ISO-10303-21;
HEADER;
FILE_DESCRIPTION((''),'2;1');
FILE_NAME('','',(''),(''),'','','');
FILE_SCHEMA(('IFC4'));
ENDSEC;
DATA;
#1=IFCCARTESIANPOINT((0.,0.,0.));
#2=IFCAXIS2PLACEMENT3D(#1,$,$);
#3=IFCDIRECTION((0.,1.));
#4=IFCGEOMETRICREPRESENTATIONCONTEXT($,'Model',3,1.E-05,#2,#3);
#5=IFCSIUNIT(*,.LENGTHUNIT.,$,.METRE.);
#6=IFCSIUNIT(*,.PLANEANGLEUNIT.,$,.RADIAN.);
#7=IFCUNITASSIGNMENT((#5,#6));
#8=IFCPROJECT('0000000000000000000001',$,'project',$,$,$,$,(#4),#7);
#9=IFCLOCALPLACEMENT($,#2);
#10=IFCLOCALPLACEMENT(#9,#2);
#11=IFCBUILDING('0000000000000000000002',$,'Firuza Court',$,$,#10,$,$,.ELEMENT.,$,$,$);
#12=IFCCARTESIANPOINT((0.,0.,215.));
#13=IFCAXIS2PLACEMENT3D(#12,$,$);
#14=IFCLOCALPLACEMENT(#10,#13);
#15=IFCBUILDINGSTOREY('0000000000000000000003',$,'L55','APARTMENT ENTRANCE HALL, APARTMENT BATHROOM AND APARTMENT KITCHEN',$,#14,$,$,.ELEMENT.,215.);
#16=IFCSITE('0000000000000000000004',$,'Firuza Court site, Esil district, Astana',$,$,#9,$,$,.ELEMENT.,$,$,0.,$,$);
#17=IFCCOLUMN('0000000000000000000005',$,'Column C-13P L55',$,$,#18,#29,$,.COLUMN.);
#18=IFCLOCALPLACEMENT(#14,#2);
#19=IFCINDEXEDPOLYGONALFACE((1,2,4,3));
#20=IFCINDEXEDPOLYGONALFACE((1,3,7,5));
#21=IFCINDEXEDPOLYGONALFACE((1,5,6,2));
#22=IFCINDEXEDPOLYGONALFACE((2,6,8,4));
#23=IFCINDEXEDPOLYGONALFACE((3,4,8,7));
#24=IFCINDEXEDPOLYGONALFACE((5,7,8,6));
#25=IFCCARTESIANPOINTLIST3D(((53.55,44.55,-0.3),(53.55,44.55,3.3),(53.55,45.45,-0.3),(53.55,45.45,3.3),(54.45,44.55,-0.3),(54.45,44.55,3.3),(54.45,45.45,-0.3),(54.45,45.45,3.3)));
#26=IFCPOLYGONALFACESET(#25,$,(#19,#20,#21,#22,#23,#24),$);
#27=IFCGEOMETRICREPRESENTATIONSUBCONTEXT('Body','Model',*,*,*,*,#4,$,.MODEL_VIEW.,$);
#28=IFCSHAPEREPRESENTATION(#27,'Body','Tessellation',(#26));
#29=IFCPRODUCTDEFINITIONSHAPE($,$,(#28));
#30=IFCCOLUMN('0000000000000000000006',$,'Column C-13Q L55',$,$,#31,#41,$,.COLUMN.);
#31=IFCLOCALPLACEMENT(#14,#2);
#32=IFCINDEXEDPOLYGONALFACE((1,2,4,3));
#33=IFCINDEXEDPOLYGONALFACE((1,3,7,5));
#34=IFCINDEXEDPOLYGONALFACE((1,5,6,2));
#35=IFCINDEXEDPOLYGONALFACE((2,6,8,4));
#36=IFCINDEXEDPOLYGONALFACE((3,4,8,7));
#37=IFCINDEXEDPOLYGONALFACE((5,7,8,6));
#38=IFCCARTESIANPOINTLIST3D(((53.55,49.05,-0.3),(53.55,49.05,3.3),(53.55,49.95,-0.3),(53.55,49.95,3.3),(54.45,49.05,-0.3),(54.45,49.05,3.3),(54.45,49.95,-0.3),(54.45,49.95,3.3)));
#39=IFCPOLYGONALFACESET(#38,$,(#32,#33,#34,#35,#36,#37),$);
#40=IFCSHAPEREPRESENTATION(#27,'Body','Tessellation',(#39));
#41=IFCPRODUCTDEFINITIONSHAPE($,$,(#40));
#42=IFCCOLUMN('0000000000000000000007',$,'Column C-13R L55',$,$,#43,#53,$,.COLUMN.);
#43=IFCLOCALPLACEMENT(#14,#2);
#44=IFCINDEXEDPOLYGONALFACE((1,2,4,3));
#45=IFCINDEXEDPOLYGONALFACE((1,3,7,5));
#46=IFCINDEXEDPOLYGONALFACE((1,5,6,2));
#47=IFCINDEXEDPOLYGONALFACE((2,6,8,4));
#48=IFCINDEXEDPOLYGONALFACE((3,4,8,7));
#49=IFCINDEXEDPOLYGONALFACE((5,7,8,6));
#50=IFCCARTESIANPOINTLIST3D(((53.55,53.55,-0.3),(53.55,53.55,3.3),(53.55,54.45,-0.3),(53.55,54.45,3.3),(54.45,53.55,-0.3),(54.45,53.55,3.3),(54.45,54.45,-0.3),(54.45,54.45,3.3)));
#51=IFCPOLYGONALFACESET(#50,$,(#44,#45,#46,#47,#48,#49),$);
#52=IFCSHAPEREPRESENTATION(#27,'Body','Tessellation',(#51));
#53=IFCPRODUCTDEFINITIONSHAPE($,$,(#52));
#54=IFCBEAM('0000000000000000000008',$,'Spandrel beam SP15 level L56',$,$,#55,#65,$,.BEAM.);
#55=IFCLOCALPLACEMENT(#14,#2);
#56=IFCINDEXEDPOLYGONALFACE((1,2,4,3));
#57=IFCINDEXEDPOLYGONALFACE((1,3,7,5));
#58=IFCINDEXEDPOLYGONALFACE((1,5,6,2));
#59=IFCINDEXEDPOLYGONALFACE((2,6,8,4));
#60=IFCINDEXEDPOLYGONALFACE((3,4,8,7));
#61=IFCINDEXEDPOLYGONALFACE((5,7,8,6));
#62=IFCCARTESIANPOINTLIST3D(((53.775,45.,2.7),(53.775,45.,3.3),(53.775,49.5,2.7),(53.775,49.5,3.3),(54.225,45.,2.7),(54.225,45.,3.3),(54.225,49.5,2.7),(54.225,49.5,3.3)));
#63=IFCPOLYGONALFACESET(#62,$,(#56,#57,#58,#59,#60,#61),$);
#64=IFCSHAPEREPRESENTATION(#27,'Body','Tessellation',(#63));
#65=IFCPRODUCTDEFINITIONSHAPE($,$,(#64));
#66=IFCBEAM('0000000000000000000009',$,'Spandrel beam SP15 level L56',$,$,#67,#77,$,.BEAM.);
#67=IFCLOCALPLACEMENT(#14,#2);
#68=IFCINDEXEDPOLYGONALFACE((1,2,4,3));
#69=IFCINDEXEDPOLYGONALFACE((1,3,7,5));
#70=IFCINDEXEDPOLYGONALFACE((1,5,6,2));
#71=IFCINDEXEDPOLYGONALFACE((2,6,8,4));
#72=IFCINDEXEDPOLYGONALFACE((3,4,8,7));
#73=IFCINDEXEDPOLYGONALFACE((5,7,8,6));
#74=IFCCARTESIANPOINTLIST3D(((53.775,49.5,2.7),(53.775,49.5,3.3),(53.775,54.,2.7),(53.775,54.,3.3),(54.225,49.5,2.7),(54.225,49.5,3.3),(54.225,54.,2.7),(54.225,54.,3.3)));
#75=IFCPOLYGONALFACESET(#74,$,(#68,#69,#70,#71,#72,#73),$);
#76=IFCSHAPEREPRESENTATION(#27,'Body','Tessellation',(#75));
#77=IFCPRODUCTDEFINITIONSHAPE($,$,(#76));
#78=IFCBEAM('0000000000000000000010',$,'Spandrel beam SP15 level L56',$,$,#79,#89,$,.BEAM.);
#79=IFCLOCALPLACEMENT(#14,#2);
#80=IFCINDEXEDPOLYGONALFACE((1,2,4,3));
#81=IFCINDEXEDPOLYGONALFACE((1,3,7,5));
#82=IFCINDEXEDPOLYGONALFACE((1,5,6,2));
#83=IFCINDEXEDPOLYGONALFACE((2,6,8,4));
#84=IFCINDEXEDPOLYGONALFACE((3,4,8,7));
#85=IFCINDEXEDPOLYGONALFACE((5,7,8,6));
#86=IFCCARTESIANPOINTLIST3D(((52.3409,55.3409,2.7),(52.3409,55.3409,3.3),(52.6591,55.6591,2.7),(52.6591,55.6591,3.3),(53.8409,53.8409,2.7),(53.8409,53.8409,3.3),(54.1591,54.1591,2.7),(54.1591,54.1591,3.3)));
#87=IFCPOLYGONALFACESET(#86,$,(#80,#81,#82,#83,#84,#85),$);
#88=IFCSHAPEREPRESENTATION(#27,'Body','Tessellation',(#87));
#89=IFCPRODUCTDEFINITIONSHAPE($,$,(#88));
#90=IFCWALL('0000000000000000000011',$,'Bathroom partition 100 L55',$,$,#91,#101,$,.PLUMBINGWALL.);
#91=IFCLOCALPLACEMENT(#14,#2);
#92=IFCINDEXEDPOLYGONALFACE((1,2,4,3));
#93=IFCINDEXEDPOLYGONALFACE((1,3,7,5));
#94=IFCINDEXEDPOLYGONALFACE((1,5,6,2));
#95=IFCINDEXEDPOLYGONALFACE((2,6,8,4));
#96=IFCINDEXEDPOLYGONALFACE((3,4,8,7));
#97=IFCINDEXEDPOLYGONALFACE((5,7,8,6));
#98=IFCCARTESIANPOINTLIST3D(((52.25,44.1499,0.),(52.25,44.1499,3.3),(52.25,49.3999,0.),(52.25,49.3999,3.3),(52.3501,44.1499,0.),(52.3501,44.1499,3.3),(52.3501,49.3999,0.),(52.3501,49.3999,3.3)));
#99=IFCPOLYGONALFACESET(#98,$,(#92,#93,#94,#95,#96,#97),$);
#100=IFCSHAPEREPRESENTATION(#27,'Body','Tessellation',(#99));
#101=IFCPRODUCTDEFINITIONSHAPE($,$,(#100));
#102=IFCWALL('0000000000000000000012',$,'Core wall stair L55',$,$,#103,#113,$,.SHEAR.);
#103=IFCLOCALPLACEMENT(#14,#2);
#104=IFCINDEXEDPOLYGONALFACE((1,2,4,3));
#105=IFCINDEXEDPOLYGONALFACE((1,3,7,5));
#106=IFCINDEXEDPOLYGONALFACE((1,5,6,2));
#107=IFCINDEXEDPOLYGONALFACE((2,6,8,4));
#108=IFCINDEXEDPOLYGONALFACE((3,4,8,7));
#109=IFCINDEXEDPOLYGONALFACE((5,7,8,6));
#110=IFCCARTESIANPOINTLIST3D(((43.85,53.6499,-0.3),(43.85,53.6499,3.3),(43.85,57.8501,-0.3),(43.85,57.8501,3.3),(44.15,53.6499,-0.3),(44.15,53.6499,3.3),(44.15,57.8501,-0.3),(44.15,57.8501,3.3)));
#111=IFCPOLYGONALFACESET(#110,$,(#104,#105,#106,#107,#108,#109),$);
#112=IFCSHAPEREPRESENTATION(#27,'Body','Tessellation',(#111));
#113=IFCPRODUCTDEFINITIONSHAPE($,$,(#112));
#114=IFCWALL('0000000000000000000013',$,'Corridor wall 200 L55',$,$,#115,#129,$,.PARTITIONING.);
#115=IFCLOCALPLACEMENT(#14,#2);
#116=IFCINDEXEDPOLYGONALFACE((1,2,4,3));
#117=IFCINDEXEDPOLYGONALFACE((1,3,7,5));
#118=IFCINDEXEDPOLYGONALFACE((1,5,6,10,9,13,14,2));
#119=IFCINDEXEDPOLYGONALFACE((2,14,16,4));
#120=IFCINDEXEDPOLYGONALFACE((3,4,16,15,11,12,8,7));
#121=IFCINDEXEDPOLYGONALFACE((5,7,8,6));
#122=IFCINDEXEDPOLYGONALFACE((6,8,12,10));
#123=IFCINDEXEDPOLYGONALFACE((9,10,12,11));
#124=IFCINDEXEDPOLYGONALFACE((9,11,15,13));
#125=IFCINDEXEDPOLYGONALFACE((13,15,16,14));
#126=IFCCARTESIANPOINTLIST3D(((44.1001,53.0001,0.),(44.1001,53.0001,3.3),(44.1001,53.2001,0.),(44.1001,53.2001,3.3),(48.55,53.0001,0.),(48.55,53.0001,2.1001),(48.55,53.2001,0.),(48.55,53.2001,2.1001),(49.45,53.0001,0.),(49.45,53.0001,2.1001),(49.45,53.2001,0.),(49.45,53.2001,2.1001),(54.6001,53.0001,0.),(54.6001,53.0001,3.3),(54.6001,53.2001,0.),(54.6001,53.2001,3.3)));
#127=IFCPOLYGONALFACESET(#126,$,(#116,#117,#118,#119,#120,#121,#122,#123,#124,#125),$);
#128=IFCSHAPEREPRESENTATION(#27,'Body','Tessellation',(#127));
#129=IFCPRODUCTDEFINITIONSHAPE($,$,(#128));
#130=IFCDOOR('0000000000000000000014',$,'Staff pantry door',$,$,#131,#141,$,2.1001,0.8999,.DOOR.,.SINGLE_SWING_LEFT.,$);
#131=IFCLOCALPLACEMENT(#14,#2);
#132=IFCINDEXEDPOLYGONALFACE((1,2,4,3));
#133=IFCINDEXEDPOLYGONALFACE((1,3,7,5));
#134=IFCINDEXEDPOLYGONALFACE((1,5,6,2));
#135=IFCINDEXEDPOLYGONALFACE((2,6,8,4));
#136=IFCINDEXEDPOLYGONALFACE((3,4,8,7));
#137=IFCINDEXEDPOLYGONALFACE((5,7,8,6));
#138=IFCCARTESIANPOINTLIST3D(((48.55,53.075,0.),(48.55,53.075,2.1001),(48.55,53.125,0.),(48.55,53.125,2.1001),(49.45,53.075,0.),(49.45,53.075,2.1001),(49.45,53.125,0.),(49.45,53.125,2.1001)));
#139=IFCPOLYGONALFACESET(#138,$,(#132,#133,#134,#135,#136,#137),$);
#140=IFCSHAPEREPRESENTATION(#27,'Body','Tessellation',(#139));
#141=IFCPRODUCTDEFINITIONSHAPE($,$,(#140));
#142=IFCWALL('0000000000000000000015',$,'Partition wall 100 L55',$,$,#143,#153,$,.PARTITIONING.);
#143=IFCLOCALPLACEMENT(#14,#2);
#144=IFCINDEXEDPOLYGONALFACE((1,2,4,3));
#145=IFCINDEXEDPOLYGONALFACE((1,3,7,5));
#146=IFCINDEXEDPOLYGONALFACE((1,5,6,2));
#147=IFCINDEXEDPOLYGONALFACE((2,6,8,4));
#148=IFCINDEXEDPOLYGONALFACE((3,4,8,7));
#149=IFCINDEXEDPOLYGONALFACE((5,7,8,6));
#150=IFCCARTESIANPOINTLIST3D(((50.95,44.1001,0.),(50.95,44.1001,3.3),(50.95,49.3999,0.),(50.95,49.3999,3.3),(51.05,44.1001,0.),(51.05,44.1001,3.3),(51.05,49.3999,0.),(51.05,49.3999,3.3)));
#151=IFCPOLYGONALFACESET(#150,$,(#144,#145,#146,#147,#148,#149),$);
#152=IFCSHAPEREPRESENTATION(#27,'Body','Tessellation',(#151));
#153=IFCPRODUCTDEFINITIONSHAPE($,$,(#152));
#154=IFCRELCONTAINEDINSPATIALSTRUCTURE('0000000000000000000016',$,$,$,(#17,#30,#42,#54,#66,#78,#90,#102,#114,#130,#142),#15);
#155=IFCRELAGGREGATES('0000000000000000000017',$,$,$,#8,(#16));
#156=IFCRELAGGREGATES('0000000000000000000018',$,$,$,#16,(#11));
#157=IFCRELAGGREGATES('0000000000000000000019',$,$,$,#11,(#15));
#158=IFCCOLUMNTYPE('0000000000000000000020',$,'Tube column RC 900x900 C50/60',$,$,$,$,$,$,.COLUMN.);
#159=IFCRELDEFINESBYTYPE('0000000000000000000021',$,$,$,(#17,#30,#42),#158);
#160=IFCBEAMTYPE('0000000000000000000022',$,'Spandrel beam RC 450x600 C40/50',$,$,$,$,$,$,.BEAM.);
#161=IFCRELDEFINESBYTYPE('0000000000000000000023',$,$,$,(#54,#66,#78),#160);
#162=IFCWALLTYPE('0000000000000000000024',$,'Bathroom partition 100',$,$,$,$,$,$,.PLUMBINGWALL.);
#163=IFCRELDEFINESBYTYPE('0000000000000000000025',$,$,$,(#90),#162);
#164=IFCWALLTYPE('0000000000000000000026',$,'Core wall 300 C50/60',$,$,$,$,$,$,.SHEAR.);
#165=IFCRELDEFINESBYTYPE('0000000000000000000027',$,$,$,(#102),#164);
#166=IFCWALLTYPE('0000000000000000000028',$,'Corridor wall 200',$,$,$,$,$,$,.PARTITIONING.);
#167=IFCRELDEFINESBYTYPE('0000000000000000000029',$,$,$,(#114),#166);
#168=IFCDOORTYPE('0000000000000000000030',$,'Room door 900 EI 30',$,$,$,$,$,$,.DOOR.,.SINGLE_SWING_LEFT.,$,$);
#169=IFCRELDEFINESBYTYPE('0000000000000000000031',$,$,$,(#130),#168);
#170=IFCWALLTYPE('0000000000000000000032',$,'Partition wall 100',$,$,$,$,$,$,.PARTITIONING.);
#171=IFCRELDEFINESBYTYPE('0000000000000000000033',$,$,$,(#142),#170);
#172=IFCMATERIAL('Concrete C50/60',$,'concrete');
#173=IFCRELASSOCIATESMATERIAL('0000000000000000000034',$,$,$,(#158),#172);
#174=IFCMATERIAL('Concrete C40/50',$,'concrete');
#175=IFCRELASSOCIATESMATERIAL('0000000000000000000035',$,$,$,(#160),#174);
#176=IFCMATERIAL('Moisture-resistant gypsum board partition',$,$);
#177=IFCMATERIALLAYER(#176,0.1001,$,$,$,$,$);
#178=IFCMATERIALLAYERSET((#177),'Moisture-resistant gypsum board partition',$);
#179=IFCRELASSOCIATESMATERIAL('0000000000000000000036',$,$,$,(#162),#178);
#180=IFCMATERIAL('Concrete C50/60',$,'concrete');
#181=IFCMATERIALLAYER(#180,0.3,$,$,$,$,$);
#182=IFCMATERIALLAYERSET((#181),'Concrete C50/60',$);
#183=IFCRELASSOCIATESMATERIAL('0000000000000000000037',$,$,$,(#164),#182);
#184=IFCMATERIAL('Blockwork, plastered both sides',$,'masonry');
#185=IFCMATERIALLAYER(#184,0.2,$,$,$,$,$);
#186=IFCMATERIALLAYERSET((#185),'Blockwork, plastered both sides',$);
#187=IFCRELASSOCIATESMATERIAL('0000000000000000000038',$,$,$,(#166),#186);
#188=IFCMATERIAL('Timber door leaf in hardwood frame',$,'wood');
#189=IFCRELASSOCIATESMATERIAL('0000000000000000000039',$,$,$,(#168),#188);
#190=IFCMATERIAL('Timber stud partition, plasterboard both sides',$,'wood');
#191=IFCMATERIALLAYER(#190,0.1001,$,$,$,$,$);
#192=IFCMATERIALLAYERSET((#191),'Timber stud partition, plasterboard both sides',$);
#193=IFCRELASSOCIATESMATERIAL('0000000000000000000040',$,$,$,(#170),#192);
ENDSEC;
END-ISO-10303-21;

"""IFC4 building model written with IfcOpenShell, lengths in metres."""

from ifc_helpers import new_model, si_unit, direction, frame, frame_2d, origin, origin_2d, place, context, subcontext, project, spatial, rectangle, extrude, material, layer, layer_set, material_profile, profile_set, type_object, element, fill, save


model = new_model("IFC4")

# Units and contexts
model_context = context("Model", 3, precision=1e-05, world=origin(), true_north=direction((0.0, 1.0)))
body_context = subcontext(model_context, "Body", "Model", "MODEL_VIEW")
ifc_project = project(units=[si_unit("LENGTHUNIT", "METRE"), si_unit("PLANEANGLEUNIT", "RADIAN")], contexts=[model_context])

# Site, building, storey
site_placement = place(None, origin())
site = spatial("IfcSite", under=ifc_project, at=site_placement, Name="Firuza Court site, Esil district, Astana", CompositionType="ELEMENT", RefElevation=0.0)
building_placement = place(site_placement, origin())
building = spatial("IfcBuilding", under=site, at=building_placement, Name="Firuza Court", CompositionType="ELEMENT")
storey_placement = place(building_placement, frame((0.0, 0.0, 215.0)))
storey = spatial("IfcBuildingStorey", under=building, at=storey_placement, Name="L55", Description="APARTMENT ENTRANCE HALL, APARTMENT BATHROOM AND APARTMENT KITCHEN", CompositionType="ELEMENT", Elevation=215.0)

# Columns
ifc_material_1 = material(Name="Concrete C50/60", Category="concrete")
ifc_material_profile_1 = material_profile(ifc_material_1, rectangle(XDim=0.8999, YDim=0.8999, at=origin_2d()), Name="RC 900x900")
ifc_profile_set_1 = profile_set([ifc_material_profile_1], Name="Concrete C50/60")
column_type = type_object("IfcColumnType", Name="Tube column RC 900x900 C50/60", PredefinedType="COLUMN", material=ifc_profile_set_1)
for number, where, z_axis, x_axis, name in (
    (1, (54.0, 45.0, -0.3), (0.0, 0.0, 1.0), (1.0, 0.0, 0.0), "Column C-13P L55"),
    (2, (54.0, 49.5, -0.3), (0.0, 0.0, 1.0), (1.0, 0.0, 0.0), "Column C-13Q L55"),
    (3, (54.0, 54.0, -0.3), (0.0, 0.0, 1.0), (1.0, 0.0, 0.0), "Column C-13R L55"),
):
    element("IfcColumn", number, at=place(storey_placement, frame(where, z_axis=z_axis, x_axis=x_axis)), inside=storey, type_object=column_type, Name=name, PredefinedType="COLUMN", context=body_context, shape_type="SweptSolid", body=[
        extrude(rectangle(XDim=0.8999, YDim=0.8999, at=origin_2d()), origin(), (0.0, 0.0, 1.0), 3.6001),
    ])

# Beams
ifc_material_2 = material(Name="Concrete C40/50", Category="concrete")
ifc_material_profile_2 = material_profile(ifc_material_2, rectangle(XDim=0.45, YDim=0.6001, at=origin_2d()), Name="RC 450x600")
ifc_profile_set_2 = profile_set([ifc_material_profile_2], Name="Concrete C40/50")
beam_type = type_object("IfcBeamType", Name="Spandrel beam RC 450x600 C40/50", PredefinedType="BEAM", material=ifc_profile_set_2)
for number, where, z_axis, x_axis, name in (
    (4, (54.0, 45.0, 3.0), (0.0, 1.0, 0.0), (-1.0, 0.0, 0.0), "Spandrel beam SP15 level L56"),
    (5, (54.0, 49.5, 3.0), (0.0, 1.0, 0.0), (-1.0, 0.0, 0.0), "Spandrel beam SP15 level L56"),
):
    element("IfcBeam", number, at=place(storey_placement, frame(where, z_axis=z_axis, x_axis=x_axis)), inside=storey, type_object=beam_type, Name=name, PredefinedType="BEAM", context=body_context, shape_type="SweptSolid", body=[
        extrude(rectangle(XDim=0.45, YDim=0.6001, at=origin_2d()), origin(), (0.0, 0.0, 1.0), 4.5),
    ])
beam_placement = place(storey_placement, frame((54.0, 54.0, 3.0), z_axis=(-0.707107, 0.707107, 0.0), x_axis=(-0.707107, -0.707107, 0.0)))
element("IfcBeam", 6, at=beam_placement, inside=storey, type_object=beam_type, Name="Spandrel beam SP15 level L56", PredefinedType="BEAM", context=body_context, shape_type="SweptSolid", body=[
    extrude(rectangle(XDim=0.45, YDim=0.6001, at=origin_2d()), origin(), (0.0, 0.0, 1.0), 2.1213),
])

# Walls
ifc_material_3 = material(Name="Moisture-resistant gypsum board partition")
ifc_layer_1 = layer(ifc_material_3, 0.1001)
ifc_layer_set_1 = layer_set([ifc_layer_1], Name="Moisture-resistant gypsum board partition")
wall_type_1 = type_object("IfcWallType", Name="Bathroom partition 100", PredefinedType="PLUMBINGWALL", material=ifc_layer_set_1)
wall_1_placement = place(storey_placement, frame((52.3, 44.1499, 0.0), z_axis=(0.0, 0.0, 1.0), x_axis=(0.0, 1.0, 0.0)))
element("IfcWall", 7, at=wall_1_placement, inside=storey, type_object=wall_type_1, Name="Bathroom partition 100 L55", PredefinedType="PLUMBINGWALL", context=body_context, shape_type="SweptSolid", body=[
    extrude(rectangle(XDim=5.25, YDim=0.1001, at=frame_2d((2.625, 0.0))), origin(), (0.0, 0.0, 1.0), 3.3),
])
ifc_material_4 = material(Name="Concrete C50/60", Category="concrete")
ifc_layer_2 = layer(ifc_material_4, 0.3)
ifc_layer_set_2 = layer_set([ifc_layer_2], Name="Concrete C50/60")
wall_type_2 = type_object("IfcWallType", Name="Core wall 300 C50/60", PredefinedType="SHEAR", material=ifc_layer_set_2)
wall_2_placement = place(storey_placement, frame((44.0, 53.6499, -0.3), z_axis=(0.0, 0.0, 1.0), x_axis=(0.0, 1.0, 0.0)))
element("IfcWall", 8, at=wall_2_placement, inside=storey, type_object=wall_type_2, Name="Core wall stair L55", PredefinedType="SHEAR", context=body_context, shape_type="SweptSolid", body=[
    extrude(rectangle(XDim=4.2002, YDim=0.3, at=frame_2d((2.1001, 0.0))), origin(), (0.0, 0.0, 1.0), 3.6001),
])

# Wall, opening, door
ifc_material_5 = material(Name="Blockwork, plastered both sides", Category="masonry")
ifc_layer_3 = layer(ifc_material_5, 0.2)
ifc_layer_set_3 = layer_set([ifc_layer_3], Name="Blockwork, plastered both sides")
wall_type_3 = type_object("IfcWallType", Name="Corridor wall 200", PredefinedType="PARTITIONING", material=ifc_layer_set_3)
wall_3_placement = place(storey_placement, frame((44.1001, 53.1001, 0.0), z_axis=(0.0, 0.0, 1.0), x_axis=(1.0, 0.0, 0.0)))
wall_3 = element("IfcWall", 9, at=wall_3_placement, inside=storey, type_object=wall_type_3, Name="Corridor wall 200 L55", PredefinedType="PARTITIONING", context=body_context, shape_type="SweptSolid", body=[
    extrude(rectangle(XDim=10.5, YDim=0.2, at=frame_2d((5.25, 0.0))), origin(), (0.0, 0.0, 1.0), 3.3),
])
opening_1_placement = place(wall_3_placement, frame((4.45, 0.0, 0.0)))
opening_1 = element("IfcOpeningElement", 10, at=opening_1_placement, cuts=wall_3, PredefinedType="OPENING", context=body_context, shape_type="SweptSolid", body=[
    extrude(rectangle(XDim=0.8999, YDim=2.1001, at=frame_2d((0.45, 1.05))), frame((0.0, 0.1118, 0.0), z_axis=(0.0, -1.0, 0.0), x_axis=(1.0, 0.0, 0.0)), (0.0, 0.0, 1.0), 0.2239),
])
ifc_material_6 = material(Name="Timber door leaf in hardwood frame", Category="wood")
door_type_1 = type_object("IfcDoorType", Name="Room door 900 EI 30", OperationType="SINGLE_SWING_LEFT", PredefinedType="DOOR", material=ifc_material_6)
door_1_placement = place(opening_1_placement, origin())
door_1 = element("IfcDoor", 11, at=door_1_placement, inside=storey, type_object=door_type_1, Name="Staff pantry door", OperationType="SINGLE_SWING_LEFT", OverallHeight=2.1001, OverallWidth=0.8999, PredefinedType="DOOR", context=body_context, shape_type="SweptSolid", body=[
    extrude(rectangle(XDim=0.8999, YDim=2.1001, at=frame_2d((0.45, 1.05))), frame((0.0, 0.0249, 0.0), z_axis=(0.0, -1.0, 0.0), x_axis=(1.0, 0.0, 0.0)), (0.0, 0.0, 1.0), 0.05),
])
fill(opening_1, door_1)

# Wall
ifc_material_7 = material(Name="Timber stud partition, plasterboard both sides", Category="wood")
ifc_layer_4 = layer(ifc_material_7, 0.1001)
ifc_layer_set_4 = layer_set([ifc_layer_4], Name="Timber stud partition, plasterboard both sides")
wall_type_4 = type_object("IfcWallType", Name="Partition wall 100", PredefinedType="PARTITIONING", material=ifc_layer_set_4)
wall_4_placement = place(storey_placement, frame((51.0, 44.1001, 0.0), z_axis=(0.0, 0.0, 1.0), x_axis=(0.0, 1.0, 0.0)))
element("IfcWall", 12, at=wall_4_placement, inside=storey, type_object=wall_type_4, Name="Partition wall 100 L55", PredefinedType="PARTITIONING", context=body_context, shape_type="SweptSolid", body=[
    extrude(rectangle(XDim=5.2998, YDim=0.1001, at=frame_2d((2.6499, 0.0))), origin(), (0.0, 0.0, 1.0), 3.3),
])

save(model, "model.ifc")
